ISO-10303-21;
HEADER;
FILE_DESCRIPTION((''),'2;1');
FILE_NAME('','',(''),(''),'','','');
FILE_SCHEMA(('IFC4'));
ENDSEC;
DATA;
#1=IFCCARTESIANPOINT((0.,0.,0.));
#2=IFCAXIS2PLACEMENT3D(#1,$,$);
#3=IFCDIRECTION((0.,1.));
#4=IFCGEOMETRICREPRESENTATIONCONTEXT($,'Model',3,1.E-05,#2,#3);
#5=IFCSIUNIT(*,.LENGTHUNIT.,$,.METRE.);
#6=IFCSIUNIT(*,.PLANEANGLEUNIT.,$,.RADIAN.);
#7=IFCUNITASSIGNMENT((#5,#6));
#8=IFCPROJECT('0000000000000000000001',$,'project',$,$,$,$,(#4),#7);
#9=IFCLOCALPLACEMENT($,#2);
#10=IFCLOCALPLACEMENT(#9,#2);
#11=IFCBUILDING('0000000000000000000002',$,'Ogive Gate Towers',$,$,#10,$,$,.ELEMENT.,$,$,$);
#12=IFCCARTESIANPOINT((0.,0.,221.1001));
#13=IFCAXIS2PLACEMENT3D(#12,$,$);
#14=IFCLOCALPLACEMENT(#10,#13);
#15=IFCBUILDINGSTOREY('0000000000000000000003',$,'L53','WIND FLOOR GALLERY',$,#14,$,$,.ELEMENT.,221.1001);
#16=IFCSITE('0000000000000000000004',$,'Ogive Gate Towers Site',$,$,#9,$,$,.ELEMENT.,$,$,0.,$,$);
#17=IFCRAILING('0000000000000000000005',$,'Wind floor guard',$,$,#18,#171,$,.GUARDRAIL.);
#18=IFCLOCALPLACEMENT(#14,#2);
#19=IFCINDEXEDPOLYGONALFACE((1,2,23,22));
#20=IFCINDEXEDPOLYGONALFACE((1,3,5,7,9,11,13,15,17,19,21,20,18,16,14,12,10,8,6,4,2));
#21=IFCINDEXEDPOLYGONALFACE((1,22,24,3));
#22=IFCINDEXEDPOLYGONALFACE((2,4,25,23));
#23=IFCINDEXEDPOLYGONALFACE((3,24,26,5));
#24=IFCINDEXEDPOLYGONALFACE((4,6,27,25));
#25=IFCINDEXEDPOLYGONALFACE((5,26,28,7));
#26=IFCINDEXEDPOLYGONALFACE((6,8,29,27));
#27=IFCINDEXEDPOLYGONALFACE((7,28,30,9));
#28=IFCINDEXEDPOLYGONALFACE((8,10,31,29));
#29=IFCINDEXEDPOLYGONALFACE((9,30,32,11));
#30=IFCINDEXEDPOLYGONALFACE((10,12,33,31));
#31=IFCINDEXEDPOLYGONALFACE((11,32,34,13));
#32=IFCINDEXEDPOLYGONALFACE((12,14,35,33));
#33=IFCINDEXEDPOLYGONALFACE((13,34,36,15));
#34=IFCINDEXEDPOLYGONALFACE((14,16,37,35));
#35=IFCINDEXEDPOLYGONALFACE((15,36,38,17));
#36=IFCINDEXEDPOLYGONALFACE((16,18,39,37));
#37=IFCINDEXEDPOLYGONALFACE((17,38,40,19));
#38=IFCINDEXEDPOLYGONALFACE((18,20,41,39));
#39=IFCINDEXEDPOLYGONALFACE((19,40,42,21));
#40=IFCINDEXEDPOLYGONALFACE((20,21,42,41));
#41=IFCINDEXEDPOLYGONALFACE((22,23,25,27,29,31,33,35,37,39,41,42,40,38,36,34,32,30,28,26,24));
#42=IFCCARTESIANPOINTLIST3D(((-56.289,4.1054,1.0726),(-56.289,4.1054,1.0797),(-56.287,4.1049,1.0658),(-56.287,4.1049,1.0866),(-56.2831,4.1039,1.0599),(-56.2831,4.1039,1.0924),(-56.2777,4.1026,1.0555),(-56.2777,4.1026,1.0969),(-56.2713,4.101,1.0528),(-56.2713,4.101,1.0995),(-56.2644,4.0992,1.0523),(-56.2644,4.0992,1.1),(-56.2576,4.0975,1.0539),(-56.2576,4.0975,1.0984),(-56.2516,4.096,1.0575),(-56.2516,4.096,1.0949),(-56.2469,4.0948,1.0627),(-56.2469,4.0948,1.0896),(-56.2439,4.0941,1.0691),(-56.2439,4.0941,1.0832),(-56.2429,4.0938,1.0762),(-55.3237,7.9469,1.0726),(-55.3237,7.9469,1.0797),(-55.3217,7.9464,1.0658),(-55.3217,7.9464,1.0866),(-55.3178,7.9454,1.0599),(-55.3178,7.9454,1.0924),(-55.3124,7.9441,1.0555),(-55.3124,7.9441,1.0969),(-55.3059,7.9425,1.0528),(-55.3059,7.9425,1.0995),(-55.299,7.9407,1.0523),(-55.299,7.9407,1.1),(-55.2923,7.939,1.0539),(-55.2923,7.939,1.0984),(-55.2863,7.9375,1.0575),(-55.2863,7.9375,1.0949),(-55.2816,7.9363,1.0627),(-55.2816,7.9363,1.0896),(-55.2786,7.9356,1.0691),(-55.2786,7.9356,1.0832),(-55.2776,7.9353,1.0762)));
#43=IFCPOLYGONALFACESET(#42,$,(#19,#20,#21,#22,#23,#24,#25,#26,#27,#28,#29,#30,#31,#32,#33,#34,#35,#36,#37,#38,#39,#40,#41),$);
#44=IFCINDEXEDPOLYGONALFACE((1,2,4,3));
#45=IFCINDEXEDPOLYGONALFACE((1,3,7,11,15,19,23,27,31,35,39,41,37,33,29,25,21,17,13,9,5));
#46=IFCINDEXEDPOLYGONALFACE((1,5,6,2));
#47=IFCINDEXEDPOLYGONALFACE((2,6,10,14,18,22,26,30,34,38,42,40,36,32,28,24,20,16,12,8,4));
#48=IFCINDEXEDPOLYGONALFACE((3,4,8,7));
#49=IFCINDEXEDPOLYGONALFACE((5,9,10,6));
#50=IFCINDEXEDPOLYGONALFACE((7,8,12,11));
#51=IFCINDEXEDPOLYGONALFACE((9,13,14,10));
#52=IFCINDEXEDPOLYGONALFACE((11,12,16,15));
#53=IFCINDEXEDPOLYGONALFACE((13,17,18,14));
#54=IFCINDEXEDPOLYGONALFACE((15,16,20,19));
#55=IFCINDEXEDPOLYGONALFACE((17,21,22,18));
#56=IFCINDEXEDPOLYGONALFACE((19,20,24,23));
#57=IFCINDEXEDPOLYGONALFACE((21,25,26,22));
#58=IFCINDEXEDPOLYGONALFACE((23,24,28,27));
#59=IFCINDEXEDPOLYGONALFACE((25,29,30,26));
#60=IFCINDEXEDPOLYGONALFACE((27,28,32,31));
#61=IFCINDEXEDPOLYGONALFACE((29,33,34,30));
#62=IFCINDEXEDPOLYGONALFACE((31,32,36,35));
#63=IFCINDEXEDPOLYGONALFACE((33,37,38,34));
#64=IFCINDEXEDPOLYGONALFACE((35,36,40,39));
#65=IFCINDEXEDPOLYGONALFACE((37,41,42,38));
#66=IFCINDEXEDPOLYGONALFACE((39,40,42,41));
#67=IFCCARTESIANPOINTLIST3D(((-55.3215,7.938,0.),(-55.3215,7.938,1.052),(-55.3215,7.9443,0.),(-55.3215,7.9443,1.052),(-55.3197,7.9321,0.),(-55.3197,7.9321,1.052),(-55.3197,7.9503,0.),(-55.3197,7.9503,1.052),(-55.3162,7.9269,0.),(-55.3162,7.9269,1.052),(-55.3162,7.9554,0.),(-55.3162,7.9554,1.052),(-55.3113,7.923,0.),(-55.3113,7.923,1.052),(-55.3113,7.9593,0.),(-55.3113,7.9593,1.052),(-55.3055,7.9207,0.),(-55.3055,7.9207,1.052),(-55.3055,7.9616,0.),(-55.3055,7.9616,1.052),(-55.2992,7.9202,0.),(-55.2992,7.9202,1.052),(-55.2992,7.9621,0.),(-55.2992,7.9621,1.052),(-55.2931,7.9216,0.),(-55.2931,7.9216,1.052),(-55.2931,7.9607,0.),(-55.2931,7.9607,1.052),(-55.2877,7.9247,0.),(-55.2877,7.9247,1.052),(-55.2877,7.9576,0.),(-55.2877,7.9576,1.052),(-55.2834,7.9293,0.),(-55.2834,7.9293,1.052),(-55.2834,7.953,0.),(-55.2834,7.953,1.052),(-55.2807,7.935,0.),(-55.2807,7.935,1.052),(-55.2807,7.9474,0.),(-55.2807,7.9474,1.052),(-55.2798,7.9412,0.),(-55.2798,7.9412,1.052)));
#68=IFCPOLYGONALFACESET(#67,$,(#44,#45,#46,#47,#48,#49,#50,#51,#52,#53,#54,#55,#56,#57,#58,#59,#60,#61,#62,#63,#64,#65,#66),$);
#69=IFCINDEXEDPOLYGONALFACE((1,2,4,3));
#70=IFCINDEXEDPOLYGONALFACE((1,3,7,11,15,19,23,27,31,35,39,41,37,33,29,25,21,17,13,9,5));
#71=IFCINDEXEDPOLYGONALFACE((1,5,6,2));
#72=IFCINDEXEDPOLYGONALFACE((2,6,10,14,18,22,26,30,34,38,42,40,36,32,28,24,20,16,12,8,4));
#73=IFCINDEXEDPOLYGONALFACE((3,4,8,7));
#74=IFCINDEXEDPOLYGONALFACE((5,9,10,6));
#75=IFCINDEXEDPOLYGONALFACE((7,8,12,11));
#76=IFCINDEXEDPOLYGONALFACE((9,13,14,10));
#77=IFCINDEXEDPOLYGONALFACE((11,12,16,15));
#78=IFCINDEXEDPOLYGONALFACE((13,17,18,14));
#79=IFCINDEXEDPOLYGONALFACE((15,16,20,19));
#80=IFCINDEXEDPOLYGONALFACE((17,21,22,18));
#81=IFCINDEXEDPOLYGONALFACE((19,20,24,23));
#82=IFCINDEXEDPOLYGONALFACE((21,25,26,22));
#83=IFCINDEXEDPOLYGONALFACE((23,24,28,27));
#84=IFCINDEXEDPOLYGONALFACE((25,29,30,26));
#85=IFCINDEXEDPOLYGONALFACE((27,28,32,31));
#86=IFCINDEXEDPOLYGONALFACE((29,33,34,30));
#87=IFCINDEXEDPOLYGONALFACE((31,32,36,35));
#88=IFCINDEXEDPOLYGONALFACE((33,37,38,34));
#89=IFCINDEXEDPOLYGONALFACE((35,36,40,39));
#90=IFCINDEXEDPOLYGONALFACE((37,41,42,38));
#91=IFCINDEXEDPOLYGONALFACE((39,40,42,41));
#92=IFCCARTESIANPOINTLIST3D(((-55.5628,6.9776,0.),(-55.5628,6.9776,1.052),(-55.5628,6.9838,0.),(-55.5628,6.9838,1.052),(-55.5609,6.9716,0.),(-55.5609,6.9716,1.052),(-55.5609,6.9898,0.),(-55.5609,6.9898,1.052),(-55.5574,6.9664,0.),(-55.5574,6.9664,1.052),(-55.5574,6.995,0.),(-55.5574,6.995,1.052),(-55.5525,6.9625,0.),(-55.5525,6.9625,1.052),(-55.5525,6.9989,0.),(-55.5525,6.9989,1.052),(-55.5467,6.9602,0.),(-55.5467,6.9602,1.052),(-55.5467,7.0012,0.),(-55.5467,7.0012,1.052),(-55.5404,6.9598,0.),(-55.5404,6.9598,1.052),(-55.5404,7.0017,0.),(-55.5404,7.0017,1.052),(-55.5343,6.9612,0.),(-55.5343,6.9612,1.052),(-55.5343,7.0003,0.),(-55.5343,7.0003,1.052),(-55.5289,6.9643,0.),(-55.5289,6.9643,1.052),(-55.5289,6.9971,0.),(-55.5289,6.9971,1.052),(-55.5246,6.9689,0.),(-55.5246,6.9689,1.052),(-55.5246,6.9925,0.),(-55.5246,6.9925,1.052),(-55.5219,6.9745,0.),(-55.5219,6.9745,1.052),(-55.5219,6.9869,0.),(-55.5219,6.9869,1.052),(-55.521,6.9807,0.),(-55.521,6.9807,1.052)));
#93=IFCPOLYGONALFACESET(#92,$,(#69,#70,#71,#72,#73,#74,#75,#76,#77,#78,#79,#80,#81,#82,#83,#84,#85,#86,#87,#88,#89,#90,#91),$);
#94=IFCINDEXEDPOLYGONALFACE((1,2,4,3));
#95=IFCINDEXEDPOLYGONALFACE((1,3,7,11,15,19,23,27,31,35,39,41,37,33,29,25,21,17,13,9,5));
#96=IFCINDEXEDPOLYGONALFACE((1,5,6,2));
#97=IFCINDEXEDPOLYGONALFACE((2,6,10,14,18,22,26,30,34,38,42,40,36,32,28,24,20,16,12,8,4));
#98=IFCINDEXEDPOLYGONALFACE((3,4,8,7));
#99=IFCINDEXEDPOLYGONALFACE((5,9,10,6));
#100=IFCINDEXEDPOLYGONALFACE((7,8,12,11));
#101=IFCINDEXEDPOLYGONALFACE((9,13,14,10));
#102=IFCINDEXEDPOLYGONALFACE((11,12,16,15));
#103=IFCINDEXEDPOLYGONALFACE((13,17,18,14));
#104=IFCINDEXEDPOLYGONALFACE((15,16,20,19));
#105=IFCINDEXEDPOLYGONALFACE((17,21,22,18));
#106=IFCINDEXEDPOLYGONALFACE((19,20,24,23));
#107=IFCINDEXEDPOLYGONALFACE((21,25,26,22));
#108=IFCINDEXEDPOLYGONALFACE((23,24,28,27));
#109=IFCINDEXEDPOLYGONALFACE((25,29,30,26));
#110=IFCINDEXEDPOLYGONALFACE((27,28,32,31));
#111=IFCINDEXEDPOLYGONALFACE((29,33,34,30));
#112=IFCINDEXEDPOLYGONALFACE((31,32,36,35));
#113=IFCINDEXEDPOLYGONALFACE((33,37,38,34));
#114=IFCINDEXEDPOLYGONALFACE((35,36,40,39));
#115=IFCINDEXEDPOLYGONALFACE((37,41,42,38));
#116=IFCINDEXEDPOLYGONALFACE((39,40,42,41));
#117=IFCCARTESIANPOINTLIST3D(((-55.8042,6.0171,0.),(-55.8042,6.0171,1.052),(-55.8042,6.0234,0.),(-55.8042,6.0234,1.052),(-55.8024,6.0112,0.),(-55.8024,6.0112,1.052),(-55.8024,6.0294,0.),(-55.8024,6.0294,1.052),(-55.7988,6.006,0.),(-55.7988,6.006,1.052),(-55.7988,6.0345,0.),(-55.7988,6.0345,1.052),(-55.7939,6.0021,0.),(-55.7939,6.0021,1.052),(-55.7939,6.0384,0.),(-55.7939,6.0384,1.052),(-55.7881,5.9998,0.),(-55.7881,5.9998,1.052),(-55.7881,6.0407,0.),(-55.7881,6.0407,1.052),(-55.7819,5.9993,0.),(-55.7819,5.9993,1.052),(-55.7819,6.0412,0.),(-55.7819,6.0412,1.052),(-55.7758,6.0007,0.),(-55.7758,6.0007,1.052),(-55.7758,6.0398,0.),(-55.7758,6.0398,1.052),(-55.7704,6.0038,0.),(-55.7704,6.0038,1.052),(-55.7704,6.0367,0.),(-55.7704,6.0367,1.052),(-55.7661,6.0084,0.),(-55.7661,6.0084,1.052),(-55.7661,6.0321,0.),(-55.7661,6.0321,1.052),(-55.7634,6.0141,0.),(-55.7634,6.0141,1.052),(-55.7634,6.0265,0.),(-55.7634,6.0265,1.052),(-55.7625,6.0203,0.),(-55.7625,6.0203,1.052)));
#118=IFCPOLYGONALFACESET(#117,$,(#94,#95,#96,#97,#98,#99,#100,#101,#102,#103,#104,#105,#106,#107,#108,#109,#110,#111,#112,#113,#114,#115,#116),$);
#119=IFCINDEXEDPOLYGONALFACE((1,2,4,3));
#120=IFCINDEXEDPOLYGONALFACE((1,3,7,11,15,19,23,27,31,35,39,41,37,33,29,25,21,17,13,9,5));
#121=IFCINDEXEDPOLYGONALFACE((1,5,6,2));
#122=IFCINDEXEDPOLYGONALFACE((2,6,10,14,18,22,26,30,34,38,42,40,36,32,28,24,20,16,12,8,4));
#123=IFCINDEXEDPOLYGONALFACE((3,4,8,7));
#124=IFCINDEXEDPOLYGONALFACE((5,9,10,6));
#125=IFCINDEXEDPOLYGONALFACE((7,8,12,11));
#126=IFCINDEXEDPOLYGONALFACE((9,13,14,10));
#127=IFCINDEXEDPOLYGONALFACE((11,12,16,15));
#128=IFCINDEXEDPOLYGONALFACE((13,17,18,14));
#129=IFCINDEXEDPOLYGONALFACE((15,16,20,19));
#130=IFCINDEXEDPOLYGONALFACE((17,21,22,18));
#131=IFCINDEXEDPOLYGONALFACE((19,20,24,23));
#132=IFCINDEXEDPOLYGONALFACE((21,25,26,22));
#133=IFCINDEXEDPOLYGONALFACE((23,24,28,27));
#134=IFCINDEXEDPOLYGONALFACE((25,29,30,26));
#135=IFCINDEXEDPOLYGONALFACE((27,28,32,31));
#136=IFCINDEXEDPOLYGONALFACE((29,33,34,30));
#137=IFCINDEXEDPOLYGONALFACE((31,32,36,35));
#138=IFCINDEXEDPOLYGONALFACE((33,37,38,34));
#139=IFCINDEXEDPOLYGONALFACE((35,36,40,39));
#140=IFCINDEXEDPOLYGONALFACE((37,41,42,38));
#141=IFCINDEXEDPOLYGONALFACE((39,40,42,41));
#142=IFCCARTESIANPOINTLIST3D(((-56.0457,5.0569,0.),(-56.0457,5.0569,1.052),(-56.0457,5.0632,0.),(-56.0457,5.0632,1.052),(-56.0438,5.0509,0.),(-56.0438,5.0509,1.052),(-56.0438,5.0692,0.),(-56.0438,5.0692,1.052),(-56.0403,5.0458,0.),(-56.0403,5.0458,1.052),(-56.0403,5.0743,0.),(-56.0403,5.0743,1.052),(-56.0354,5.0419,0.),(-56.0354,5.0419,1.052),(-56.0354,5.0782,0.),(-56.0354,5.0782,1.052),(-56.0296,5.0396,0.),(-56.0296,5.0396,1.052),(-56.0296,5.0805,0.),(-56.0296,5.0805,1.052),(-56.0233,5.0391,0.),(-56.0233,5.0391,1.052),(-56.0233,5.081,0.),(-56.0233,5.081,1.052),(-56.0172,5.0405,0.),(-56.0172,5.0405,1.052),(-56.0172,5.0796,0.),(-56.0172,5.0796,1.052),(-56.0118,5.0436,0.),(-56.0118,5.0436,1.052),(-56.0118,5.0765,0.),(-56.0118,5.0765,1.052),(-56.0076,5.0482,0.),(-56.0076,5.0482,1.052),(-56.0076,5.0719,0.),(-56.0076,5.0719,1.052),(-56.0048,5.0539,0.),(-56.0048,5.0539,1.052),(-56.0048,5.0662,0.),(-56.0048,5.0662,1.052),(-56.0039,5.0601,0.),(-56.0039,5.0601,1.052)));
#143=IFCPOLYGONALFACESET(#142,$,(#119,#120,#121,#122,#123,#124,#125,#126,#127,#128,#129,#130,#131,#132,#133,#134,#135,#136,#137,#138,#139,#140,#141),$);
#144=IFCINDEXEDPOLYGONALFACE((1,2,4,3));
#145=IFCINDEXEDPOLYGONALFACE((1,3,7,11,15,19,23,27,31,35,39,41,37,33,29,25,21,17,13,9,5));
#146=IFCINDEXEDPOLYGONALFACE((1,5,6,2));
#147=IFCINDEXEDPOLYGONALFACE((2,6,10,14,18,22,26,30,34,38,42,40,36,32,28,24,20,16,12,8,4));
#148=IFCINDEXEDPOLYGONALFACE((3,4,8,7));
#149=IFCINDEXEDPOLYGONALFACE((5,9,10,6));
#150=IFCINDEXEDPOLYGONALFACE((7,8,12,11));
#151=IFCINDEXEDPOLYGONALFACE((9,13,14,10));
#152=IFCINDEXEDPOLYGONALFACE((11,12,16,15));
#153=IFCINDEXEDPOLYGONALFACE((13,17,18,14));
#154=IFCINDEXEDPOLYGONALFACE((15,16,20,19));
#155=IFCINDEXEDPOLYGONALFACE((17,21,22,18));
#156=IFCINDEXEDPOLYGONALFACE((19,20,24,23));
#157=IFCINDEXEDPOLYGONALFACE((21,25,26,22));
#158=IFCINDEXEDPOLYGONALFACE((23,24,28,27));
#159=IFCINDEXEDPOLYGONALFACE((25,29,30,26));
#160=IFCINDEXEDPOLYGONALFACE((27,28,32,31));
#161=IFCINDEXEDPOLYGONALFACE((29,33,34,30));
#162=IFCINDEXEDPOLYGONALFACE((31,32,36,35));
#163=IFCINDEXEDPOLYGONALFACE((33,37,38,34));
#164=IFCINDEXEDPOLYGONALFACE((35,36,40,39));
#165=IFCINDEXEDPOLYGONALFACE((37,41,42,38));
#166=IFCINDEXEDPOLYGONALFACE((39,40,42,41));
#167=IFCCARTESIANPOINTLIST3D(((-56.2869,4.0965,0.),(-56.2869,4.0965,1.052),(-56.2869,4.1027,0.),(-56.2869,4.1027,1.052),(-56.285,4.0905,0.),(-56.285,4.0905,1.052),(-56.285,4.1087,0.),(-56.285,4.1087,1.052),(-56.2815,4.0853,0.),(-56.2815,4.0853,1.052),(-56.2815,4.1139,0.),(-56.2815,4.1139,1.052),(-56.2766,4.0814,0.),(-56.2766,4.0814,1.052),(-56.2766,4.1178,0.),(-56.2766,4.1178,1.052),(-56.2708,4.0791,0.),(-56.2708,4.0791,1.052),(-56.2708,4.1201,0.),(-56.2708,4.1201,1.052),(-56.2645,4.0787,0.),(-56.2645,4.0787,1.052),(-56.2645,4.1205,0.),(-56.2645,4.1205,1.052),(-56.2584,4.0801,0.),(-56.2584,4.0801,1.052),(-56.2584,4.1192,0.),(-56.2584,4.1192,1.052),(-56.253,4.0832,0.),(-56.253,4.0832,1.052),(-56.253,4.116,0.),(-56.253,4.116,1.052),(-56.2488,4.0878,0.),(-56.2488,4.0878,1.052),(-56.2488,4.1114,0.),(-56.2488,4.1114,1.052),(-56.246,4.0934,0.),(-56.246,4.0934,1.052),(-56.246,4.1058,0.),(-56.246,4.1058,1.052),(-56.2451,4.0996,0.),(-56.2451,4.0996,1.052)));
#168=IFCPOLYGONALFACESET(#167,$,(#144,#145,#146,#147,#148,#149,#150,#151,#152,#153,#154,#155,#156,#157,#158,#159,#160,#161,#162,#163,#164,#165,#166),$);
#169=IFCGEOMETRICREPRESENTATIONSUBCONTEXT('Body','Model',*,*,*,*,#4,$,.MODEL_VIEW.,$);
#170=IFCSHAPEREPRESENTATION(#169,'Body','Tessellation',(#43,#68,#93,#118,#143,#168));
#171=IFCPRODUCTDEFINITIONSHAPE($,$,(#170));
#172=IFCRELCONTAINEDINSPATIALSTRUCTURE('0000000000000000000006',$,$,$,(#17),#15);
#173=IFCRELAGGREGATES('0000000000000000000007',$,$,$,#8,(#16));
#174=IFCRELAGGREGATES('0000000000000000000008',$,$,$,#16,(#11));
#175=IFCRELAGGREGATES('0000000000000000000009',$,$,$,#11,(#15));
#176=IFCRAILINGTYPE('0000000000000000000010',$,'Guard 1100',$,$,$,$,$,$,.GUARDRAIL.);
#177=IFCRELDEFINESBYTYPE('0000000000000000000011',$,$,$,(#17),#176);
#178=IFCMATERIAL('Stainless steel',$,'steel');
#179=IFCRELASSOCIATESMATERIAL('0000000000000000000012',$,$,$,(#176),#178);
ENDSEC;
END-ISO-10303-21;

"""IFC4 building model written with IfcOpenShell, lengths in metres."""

from ifc_helpers import new_model, si_unit, direction, frame, origin, origin_2d, place, context, subcontext, project, spatial, circle, extrude, material, type_object, element, save


model = new_model("IFC4")

# Units and contexts
model_context = context("Model", 3, precision=1e-05, world=origin(), true_north=direction((0.0, 1.0)))
body_context = subcontext(model_context, "Body", "Model", "MODEL_VIEW")
ifc_project = project(units=[si_unit("LENGTHUNIT", "METRE"), si_unit("PLANEANGLEUNIT", "RADIAN")], contexts=[model_context])

# Site, building, storey
site_placement = place(None, origin())
site = spatial("IfcSite", under=ifc_project, at=site_placement, Name="Ogive Gate Towers Site", CompositionType="ELEMENT", RefElevation=0.0)
building_placement = place(site_placement, origin())
building = spatial("IfcBuilding", under=site, at=building_placement, Name="Ogive Gate Towers", CompositionType="ELEMENT")
storey_placement = place(building_placement, frame((0.0, 0.0, 221.1001)))
storey = spatial("IfcBuildingStorey", under=building, at=storey_placement, Name="L53", Description="WIND FLOOR GALLERY", CompositionType="ELEMENT", Elevation=221.1001)

# Railing
ifc_material_1 = material(Name="Stainless steel", Category="steel")
railing_type_1 = type_object("IfcRailingType", Name="Guard 1100", PredefinedType="GUARDRAIL", material=ifc_material_1)
railing_1_placement = place(storey_placement, frame((-55.3008, 7.9412, 0.0)))
element("IfcRailing", 1, at=railing_1_placement, inside=storey, type_object=railing_type_1, Name="Wind floor guard", PredefinedType="GUARDRAIL", context=body_context, shape_type="SweptSolid", body=[
    extrude(circle(Radius=0.0239, at=origin_2d()), frame((0.0, 0.0, 1.0762), z_axis=(-0.24371, -0.969848, 0.0), x_axis=(0.969848, -0.24371, 0.0)), (0.0, 0.0, 1.0), 3.9609),
    extrude(circle(Radius=0.021, at=origin_2d()), origin(), (0.0, 0.0, 1.0), 1.052),
    extrude(circle(Radius=0.021, at=origin_2d()), frame((-0.2412, -0.9604, 0.0)), (0.0, 0.0, 1.0), 1.052),
    extrude(circle(Radius=0.021, at=origin_2d()), frame((-0.4827, -1.9209, 0.0)), (0.0, 0.0, 1.0), 1.052),
    extrude(circle(Radius=0.021, at=origin_2d()), frame((-0.7241, -2.8811, 0.0)), (0.0, 0.0, 1.0), 1.052),
    extrude(circle(Radius=0.021, at=origin_2d()), frame((-0.9653, -3.8416, 0.0)), (0.0, 0.0, 1.0), 1.052),
])

save(model, "model.ifc")
